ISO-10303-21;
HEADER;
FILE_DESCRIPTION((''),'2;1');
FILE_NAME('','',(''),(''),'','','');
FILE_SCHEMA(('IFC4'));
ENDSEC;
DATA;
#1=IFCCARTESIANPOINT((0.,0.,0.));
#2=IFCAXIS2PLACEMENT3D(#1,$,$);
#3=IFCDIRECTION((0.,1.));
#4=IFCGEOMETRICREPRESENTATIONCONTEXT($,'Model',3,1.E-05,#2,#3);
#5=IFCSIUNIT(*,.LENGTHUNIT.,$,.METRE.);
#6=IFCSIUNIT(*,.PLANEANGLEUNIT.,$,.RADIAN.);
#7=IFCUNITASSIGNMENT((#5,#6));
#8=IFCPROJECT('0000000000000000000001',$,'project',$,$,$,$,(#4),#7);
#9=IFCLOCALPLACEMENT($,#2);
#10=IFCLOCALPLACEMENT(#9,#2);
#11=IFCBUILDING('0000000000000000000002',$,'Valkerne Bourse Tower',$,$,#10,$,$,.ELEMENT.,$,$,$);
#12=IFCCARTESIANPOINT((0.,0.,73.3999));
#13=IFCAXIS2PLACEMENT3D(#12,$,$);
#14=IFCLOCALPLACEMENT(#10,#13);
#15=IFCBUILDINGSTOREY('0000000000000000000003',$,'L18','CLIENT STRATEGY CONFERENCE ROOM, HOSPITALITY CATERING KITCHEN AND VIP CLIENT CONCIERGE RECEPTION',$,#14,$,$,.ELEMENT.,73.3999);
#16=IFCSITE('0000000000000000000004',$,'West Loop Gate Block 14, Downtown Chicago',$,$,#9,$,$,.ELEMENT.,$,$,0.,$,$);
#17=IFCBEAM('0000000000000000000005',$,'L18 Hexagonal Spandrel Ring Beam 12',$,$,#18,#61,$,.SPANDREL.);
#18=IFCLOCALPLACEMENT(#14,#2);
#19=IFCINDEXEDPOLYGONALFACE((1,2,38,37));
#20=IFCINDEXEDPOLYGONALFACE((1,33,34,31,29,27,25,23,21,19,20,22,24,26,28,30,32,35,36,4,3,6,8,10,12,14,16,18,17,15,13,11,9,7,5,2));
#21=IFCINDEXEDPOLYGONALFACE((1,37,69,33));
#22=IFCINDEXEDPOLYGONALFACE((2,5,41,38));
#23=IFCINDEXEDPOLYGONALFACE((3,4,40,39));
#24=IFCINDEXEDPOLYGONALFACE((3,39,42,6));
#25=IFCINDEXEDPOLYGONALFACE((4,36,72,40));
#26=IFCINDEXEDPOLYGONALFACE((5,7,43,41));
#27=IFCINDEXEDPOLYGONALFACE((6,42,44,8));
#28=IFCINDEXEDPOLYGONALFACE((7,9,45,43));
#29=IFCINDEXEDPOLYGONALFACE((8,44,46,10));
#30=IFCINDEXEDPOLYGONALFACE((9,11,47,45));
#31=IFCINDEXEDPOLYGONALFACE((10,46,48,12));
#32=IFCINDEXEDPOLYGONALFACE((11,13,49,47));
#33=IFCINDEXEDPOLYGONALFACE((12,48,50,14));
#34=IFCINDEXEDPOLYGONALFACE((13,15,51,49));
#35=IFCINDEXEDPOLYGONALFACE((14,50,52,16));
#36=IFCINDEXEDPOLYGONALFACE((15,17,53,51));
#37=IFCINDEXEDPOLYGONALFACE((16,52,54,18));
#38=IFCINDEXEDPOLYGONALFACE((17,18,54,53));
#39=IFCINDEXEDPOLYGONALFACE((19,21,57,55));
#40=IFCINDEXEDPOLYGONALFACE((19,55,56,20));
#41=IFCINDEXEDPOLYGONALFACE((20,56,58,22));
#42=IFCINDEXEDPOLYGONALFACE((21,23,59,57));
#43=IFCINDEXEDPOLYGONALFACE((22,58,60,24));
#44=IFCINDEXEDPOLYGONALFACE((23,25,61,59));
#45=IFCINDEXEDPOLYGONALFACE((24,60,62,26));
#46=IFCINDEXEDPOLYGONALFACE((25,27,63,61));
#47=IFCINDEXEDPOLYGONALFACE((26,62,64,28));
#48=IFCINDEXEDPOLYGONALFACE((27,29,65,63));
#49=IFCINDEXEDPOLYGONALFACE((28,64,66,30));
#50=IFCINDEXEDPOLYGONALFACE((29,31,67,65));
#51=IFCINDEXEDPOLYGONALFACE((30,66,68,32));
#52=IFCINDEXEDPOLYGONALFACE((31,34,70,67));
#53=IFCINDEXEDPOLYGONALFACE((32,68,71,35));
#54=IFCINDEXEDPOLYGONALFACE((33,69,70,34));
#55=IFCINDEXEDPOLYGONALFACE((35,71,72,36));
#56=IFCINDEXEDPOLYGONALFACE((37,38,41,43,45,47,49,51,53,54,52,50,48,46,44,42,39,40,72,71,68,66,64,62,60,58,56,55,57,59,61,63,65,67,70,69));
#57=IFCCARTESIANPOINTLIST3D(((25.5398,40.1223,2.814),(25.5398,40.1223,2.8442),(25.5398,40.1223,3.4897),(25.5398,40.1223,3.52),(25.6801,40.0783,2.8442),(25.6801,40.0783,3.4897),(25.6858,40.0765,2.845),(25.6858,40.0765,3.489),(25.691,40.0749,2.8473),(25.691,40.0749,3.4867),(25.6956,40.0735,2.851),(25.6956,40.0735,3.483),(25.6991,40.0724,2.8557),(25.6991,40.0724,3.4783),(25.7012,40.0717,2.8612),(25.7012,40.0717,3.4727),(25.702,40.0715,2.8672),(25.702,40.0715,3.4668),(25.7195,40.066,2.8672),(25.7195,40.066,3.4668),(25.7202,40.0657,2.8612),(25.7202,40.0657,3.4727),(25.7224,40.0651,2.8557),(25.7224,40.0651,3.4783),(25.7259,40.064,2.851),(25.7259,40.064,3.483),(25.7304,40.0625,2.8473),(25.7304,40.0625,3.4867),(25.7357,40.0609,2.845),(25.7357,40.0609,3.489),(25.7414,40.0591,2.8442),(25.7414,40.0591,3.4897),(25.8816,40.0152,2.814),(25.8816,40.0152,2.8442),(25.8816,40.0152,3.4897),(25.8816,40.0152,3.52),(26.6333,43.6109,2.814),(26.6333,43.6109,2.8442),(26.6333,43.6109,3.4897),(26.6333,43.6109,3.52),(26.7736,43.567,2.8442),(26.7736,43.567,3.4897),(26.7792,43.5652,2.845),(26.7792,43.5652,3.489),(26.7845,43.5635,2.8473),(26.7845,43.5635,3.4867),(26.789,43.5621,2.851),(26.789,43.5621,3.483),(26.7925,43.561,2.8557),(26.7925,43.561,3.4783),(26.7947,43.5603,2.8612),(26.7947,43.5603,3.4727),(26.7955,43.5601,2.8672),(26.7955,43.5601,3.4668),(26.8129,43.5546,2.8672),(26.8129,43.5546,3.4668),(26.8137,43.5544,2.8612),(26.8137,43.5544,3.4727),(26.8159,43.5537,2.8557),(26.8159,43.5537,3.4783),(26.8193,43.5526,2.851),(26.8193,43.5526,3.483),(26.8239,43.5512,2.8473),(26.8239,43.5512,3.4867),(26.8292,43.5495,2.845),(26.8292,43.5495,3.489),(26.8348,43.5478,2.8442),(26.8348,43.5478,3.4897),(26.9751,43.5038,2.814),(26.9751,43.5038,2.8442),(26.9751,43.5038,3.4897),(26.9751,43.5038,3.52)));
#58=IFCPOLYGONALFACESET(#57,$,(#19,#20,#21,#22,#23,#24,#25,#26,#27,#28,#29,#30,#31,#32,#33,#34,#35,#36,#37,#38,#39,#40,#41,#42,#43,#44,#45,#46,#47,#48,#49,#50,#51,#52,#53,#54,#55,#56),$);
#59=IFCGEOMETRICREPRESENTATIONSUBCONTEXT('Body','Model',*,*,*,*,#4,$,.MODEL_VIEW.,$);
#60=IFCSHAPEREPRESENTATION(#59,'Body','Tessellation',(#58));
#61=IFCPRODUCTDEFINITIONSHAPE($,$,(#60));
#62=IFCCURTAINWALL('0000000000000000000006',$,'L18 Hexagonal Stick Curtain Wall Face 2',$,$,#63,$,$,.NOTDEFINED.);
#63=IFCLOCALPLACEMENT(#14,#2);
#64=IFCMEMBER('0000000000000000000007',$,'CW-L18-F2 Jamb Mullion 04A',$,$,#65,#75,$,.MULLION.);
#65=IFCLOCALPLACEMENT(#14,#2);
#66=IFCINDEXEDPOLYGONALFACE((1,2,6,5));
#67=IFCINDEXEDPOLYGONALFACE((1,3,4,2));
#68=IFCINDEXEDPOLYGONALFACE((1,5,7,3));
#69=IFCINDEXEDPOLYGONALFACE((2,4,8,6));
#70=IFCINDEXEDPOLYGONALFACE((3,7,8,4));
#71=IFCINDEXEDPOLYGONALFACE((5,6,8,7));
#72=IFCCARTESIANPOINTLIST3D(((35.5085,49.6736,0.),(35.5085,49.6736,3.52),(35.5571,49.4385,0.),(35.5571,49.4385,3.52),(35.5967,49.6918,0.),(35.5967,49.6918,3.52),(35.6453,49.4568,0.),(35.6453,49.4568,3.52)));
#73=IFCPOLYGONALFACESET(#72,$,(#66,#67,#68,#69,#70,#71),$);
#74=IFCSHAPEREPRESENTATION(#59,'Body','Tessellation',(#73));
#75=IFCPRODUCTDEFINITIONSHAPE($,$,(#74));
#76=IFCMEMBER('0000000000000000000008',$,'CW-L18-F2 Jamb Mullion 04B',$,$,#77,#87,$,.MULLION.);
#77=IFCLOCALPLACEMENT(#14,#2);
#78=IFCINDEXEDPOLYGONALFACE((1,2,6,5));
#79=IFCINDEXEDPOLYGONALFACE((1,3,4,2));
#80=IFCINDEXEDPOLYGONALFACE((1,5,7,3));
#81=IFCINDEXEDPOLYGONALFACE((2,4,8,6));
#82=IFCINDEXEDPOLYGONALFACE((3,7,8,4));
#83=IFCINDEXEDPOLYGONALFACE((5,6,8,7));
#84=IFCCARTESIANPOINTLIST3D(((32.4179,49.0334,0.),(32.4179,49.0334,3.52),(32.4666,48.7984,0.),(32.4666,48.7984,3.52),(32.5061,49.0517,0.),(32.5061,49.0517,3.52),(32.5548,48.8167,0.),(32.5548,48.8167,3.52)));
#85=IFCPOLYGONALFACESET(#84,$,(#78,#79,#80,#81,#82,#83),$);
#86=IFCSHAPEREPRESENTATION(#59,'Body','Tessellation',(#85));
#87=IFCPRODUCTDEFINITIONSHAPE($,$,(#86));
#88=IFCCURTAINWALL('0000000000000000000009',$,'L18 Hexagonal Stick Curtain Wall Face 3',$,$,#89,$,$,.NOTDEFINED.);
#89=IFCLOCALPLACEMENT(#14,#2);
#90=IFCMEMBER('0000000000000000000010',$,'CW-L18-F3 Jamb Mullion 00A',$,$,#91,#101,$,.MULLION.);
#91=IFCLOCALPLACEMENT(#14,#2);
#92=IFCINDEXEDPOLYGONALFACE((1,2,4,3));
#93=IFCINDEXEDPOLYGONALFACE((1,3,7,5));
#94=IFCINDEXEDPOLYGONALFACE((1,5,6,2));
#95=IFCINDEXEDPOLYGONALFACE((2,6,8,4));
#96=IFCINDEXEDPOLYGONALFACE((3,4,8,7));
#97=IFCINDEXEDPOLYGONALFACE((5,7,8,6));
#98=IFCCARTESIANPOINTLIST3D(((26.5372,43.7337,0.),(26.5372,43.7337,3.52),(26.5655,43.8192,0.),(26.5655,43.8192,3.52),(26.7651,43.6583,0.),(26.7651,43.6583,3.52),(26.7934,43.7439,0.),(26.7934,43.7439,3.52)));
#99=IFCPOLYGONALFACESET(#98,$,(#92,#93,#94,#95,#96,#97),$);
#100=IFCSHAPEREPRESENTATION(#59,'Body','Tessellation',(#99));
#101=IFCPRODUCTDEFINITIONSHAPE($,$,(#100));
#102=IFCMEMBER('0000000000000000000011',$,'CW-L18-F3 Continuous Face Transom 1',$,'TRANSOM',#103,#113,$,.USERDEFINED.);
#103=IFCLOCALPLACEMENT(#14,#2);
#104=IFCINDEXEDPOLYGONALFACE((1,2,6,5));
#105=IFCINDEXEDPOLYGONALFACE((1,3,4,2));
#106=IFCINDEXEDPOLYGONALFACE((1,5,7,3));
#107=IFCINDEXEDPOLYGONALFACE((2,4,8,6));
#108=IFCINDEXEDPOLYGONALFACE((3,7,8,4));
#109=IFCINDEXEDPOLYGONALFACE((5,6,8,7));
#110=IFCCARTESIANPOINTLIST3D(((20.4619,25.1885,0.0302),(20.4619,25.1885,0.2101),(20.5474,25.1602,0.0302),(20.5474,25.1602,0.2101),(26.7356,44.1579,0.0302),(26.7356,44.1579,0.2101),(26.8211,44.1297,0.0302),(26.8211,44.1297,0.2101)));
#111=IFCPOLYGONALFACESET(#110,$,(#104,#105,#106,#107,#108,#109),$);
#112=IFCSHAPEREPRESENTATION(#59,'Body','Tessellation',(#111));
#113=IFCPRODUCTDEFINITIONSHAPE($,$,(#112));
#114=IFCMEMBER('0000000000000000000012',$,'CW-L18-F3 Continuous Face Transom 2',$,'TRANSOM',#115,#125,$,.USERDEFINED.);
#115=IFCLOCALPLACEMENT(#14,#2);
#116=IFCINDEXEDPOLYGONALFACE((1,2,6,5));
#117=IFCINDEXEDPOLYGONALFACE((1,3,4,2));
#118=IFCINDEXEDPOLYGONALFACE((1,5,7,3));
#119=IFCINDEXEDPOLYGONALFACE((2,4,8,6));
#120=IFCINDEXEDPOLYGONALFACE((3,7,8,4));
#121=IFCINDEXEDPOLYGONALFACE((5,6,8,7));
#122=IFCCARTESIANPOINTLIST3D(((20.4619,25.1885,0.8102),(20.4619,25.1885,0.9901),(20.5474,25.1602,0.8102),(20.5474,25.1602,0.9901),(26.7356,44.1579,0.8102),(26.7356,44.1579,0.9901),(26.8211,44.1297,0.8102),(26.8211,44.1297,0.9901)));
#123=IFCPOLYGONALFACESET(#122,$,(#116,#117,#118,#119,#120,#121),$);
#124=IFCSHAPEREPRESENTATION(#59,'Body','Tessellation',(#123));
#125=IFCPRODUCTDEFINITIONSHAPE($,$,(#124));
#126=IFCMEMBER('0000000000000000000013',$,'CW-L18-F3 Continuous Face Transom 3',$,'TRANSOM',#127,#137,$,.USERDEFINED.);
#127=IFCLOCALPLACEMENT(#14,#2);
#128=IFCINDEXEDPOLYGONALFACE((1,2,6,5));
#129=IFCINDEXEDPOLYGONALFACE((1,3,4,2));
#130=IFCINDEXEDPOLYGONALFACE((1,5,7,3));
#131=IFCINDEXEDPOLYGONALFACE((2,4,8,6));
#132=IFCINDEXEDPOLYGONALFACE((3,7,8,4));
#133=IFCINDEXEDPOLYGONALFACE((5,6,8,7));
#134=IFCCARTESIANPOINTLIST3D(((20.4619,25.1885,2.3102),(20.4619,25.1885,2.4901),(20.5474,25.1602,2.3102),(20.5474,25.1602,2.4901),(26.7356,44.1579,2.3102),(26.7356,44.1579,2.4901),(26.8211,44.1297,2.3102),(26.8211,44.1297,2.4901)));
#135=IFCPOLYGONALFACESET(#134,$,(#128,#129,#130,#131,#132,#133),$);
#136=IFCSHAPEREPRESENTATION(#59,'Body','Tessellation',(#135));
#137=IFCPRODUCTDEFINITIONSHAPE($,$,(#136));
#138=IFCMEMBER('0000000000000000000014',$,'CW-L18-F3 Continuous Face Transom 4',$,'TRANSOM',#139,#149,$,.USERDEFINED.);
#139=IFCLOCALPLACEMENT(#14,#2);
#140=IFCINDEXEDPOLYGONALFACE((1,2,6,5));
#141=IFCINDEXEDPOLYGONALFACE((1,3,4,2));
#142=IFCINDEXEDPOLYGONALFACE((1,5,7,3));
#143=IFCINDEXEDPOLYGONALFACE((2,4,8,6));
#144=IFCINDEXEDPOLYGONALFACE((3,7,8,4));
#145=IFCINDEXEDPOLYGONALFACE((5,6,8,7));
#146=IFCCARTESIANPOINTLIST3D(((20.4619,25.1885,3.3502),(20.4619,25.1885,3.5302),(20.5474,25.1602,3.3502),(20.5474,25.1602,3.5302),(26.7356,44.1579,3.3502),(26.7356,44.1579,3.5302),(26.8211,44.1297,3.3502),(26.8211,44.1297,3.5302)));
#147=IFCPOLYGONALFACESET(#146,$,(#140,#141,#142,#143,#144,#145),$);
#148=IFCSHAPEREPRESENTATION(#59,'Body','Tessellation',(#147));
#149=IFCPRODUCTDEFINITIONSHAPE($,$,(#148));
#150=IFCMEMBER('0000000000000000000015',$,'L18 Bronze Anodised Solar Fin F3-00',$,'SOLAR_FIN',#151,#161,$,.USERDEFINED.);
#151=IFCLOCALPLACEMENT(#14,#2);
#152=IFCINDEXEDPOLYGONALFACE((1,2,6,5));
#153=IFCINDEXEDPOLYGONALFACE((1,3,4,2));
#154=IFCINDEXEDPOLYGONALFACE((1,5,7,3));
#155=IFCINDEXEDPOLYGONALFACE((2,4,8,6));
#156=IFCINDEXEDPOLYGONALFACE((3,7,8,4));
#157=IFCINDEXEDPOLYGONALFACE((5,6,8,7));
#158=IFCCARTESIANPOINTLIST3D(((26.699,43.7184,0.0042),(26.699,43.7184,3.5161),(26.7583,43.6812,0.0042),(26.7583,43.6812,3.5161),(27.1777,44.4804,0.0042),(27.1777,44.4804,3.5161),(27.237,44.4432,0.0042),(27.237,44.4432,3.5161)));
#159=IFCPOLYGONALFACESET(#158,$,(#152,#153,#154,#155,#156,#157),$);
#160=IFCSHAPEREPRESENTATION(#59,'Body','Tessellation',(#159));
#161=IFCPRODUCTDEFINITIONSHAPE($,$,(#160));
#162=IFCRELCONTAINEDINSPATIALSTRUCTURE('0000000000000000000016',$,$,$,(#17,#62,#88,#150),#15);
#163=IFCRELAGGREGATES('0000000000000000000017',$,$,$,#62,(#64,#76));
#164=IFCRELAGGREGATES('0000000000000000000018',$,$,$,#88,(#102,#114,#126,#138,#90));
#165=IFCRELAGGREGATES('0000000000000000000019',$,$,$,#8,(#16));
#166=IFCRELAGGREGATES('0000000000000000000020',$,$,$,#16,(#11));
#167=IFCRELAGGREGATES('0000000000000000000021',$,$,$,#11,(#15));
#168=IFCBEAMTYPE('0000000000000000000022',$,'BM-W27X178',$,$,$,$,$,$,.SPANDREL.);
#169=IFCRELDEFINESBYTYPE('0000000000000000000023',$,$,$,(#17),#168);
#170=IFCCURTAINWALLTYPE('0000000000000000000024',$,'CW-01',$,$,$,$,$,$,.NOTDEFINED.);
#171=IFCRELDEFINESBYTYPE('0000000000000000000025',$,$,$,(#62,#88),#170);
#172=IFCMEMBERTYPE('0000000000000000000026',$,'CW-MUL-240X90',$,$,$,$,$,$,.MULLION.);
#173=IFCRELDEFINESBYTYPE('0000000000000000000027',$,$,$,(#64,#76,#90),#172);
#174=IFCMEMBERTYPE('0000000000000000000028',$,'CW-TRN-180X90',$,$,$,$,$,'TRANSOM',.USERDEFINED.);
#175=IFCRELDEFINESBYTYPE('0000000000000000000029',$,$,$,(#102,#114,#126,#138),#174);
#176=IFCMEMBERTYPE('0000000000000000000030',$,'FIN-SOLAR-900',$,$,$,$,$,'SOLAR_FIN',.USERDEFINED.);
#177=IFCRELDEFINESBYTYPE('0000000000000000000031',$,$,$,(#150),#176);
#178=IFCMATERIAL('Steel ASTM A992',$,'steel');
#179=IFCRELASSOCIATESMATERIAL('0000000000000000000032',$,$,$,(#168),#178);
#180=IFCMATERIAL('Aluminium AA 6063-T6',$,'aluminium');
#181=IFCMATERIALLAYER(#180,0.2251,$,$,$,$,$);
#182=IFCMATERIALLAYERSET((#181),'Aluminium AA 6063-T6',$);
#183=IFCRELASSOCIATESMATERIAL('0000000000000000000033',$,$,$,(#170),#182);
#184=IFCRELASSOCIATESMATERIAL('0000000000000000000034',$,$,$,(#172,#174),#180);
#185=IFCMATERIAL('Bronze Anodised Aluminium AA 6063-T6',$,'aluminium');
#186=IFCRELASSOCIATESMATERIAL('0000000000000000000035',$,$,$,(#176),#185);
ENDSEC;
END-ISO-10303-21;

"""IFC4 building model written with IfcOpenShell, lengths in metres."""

from ifc_helpers import new_model, si_unit, direction, frame, origin, origin_2d, place, context, subcontext, project, spatial, rectangle, i_section, extrude, material, layer, layer_set, material_profile, profile_set, type_object, element, aggregate, save


model = new_model("IFC4")

# Units and contexts
model_context = context("Model", 3, precision=1e-05, world=origin(), true_north=direction((0.0, 1.0)))
body_context = subcontext(model_context, "Body", "Model", "MODEL_VIEW")
ifc_project = project(units=[si_unit("LENGTHUNIT", "METRE"), si_unit("PLANEANGLEUNIT", "RADIAN")], contexts=[model_context])

# Site, building, storey
site_placement = place(None, origin())
site = spatial("IfcSite", under=ifc_project, at=site_placement, Name="West Loop Gate Block 14, Downtown Chicago", CompositionType="ELEMENT", RefElevation=0.0)
building_placement = place(site_placement, origin())
building = spatial("IfcBuilding", under=site, at=building_placement, Name="Valkerne Bourse Tower", CompositionType="ELEMENT")
storey_placement = place(building_placement, frame((0.0, 0.0, 73.3999)))
storey = spatial("IfcBuildingStorey", under=building, at=storey_placement, Name="L18", Description="CLIENT STRATEGY CONFERENCE ROOM, HOSPITALITY CATERING KITCHEN AND VIP CLIENT CONCIERGE RECEPTION", CompositionType="ELEMENT", Elevation=73.3999)

# Beam
ifc_material_1 = material(Name="Steel ASTM A992", Category="steel")
ifc_material_profile_1 = material_profile(ifc_material_1, i_section(OverallWidth=0.3582, OverallDepth=0.7061, WebThickness=0.0183, FlangeThickness=0.0303, FilletRadius=0.0229, at=origin_2d()), Name="W27X178")
ifc_profile_set_1 = profile_set([ifc_material_profile_1], Name="Steel ASTM A992")
beam_type_1 = type_object("IfcBeamType", Name="BM-W27X178", PredefinedType="SPANDREL", material=ifc_profile_set_1)
beam_1_placement = place(storey_placement, frame((26.8042, 43.5574, 3.167), z_axis=(-0.299089, -0.954225, 0.0), x_axis=(0.954225, -0.299089, 0.0)))
element("IfcBeam", 1, at=beam_1_placement, inside=storey, type_object=beam_type_1, Name="L18 Hexagonal Spandrel Ring Beam 12", PredefinedType="SPANDREL", context=body_context, shape_type="SweptSolid", body=[
    extrude(i_section(OverallWidth=0.3582, OverallDepth=0.7061, WebThickness=0.0183, FlangeThickness=0.0303, FilletRadius=0.0229, at=origin_2d()), origin(), (0.0, 0.0, 1.0), 3.656),
])

# Curtain walls, members
ifc_material_2 = material(Name="Aluminium AA 6063-T6", Category="aluminium")
ifc_layer_1 = layer(ifc_material_2, 0.2251)
ifc_layer_set_1 = layer_set([ifc_layer_1], Name="Aluminium AA 6063-T6")
curtain_wall_type = type_object("IfcCurtainWallType", Name="CW-01", PredefinedType="NOTDEFINED", material=ifc_layer_set_1)
curtain_wall_1_placement = place(storey_placement, origin())
curtain_wall_1 = element("IfcCurtainWall", 2, at=curtain_wall_1_placement, inside=storey, type_object=curtain_wall_type, Name="L18 Hexagonal Stick Curtain Wall Face 2", PredefinedType="NOTDEFINED")
ifc_material_profile_2 = material_profile(ifc_material_2, rectangle(XDim=0.0901, YDim=0.24, at=origin_2d()), Name="CWM-90X240")
ifc_profile_set_2 = profile_set([ifc_material_profile_2], Name="Aluminium AA 6063-T6")
member_type_1 = type_object("IfcMemberType", Name="CW-MUL-240X90", PredefinedType="MULLION", material=ifc_profile_set_2)
member_1_placement = place(storey_placement, frame((35.5769, 49.5652, 0.0), z_axis=(0.0, 0.0, 1.0), x_axis=(-0.97922, -0.202801, 0.0)))
member_1 = element("IfcMember", 3, at=member_1_placement, type_object=member_type_1, Name="CW-L18-F2 Jamb Mullion 04A", PredefinedType="MULLION", context=body_context, shape_type="SweptSolid", body=[
    extrude(rectangle(XDim=0.0901, YDim=0.24, at=origin_2d()), origin(), (0.0, 0.0, 1.0), 3.52),
])
member_2_placement = place(storey_placement, frame((32.4863, 48.925, 0.0), z_axis=(0.0, 0.0, 1.0), x_axis=(-0.97922, -0.202801, 0.0)))
member_2 = element("IfcMember", 4, at=member_2_placement, type_object=member_type_1, Name="CW-L18-F2 Jamb Mullion 04B", PredefinedType="MULLION", context=body_context, shape_type="SweptSolid", body=[
    extrude(rectangle(XDim=0.0901, YDim=0.24, at=origin_2d()), origin(), (0.0, 0.0, 1.0), 3.52),
])
curtain_wall_2_placement = place(storey_placement, origin())
curtain_wall_2 = element("IfcCurtainWall", 5, at=curtain_wall_2_placement, inside=storey, type_object=curtain_wall_type, Name="L18 Hexagonal Stick Curtain Wall Face 3", PredefinedType="NOTDEFINED")
member_3_placement = place(storey_placement, frame((26.6653, 43.7388, 0.0), z_axis=(0.0, 0.0, 1.0), x_axis=(-0.31399, -0.949426, 0.0)))
member_3 = element("IfcMember", 6, at=member_3_placement, type_object=member_type_1, Name="CW-L18-F3 Jamb Mullion 00A", PredefinedType="MULLION", context=body_context, shape_type="SweptSolid", body=[
    extrude(rectangle(XDim=0.0901, YDim=0.24, at=origin_2d()), origin(), (0.0, 0.0, 1.0), 3.52),
])
ifc_material_profile_3 = material_profile(ifc_material_2, rectangle(XDim=0.0901, YDim=0.1799, at=origin_2d()), Name="CWT-90X180")
ifc_profile_set_3 = profile_set([ifc_material_profile_3], Name="Aluminium AA 6063-T6")
member_type_2 = type_object("IfcMemberType", Name="CW-TRN-180X90", ElementType="TRANSOM", PredefinedType="USERDEFINED", material=ifc_profile_set_3)
member_4_placement = place(storey_placement, frame((26.7783, 44.1438, 0.1201), z_axis=(-0.313998, -0.949424, 0.0), x_axis=(0.949424, -0.313998, 0.0)))
member_4 = element("IfcMember", 7, at=member_4_placement, type_object=member_type_2, Name="CW-L18-F3 Continuous Face Transom 1", ObjectType="TRANSOM", PredefinedType="USERDEFINED", context=body_context, shape_type="SweptSolid", body=[
    extrude(rectangle(XDim=0.0901, YDim=0.1799, at=origin_2d()), origin(), (0.0, 0.0, 1.0), 19.98),
])
member_5_placement = place(storey_placement, frame((26.7783, 44.1438, 0.9001), z_axis=(-0.313998, -0.949424, 0.0), x_axis=(0.949424, -0.313998, 0.0)))
member_5 = element("IfcMember", 8, at=member_5_placement, type_object=member_type_2, Name="CW-L18-F3 Continuous Face Transom 2", ObjectType="TRANSOM", PredefinedType="USERDEFINED", context=body_context, shape_type="SweptSolid", body=[
    extrude(rectangle(XDim=0.0901, YDim=0.1799, at=origin_2d()), origin(), (0.0, 0.0, 1.0), 19.98),
])
member_6_placement = place(storey_placement, frame((26.7783, 44.1438, 2.4001), z_axis=(-0.313998, -0.949424, 0.0), x_axis=(0.949424, -0.313998, 0.0)))
member_6 = element("IfcMember", 9, at=member_6_placement, type_object=member_type_2, Name="CW-L18-F3 Continuous Face Transom 3", ObjectType="TRANSOM", PredefinedType="USERDEFINED", context=body_context, shape_type="SweptSolid", body=[
    extrude(rectangle(XDim=0.0901, YDim=0.1799, at=origin_2d()), origin(), (0.0, 0.0, 1.0), 19.98),
])
member_7_placement = place(storey_placement, frame((26.7783, 44.1438, 3.4402), z_axis=(-0.313998, -0.949424, 0.0), x_axis=(0.949424, -0.313998, 0.0)))
member_7 = element("IfcMember", 10, at=member_7_placement, type_object=member_type_2, Name="CW-L18-F3 Continuous Face Transom 4", ObjectType="TRANSOM", PredefinedType="USERDEFINED", context=body_context, shape_type="SweptSolid", body=[
    extrude(rectangle(XDim=0.0901, YDim=0.1799, at=origin_2d()), origin(), (0.0, 0.0, 1.0), 19.98),
])

# Member
ifc_material_3 = material(Name="Bronze Anodised Aluminium AA 6063-T6", Category="aluminium")
ifc_material_profile_4 = material_profile(ifc_material_3, rectangle(XDim=0.0701, YDim=0.8999, at=origin_2d()), Name="FIN-70X900")
ifc_profile_set_4 = profile_set([ifc_material_profile_4], Name="Bronze Anodised Aluminium AA 6063-T6")
member_type_3 = type_object("IfcMemberType", Name="FIN-SOLAR-900", ElementType="SOLAR_FIN", PredefinedType="USERDEFINED", material=ifc_profile_set_4)
member_8_placement = place(storey_placement, frame((26.968, 44.0808, 0.0042), z_axis=(0.0, 0.0, 1.0), x_axis=(-0.846762, 0.531971, 0.0)))
element("IfcMember", 11, at=member_8_placement, inside=storey, type_object=member_type_3, Name="L18 Bronze Anodised Solar Fin F3-00", ObjectType="SOLAR_FIN", PredefinedType="USERDEFINED", context=body_context, shape_type="SweptSolid", body=[
    extrude(rectangle(XDim=0.0701, YDim=0.8999, at=origin_2d()), origin(), (0.0, 0.0, 1.0), 3.512),
])

aggregate(curtain_wall_1, [member_1, member_2])
aggregate(curtain_wall_2, [member_4, member_5, member_6, member_7, member_3])

save(model, "model.ifc")
